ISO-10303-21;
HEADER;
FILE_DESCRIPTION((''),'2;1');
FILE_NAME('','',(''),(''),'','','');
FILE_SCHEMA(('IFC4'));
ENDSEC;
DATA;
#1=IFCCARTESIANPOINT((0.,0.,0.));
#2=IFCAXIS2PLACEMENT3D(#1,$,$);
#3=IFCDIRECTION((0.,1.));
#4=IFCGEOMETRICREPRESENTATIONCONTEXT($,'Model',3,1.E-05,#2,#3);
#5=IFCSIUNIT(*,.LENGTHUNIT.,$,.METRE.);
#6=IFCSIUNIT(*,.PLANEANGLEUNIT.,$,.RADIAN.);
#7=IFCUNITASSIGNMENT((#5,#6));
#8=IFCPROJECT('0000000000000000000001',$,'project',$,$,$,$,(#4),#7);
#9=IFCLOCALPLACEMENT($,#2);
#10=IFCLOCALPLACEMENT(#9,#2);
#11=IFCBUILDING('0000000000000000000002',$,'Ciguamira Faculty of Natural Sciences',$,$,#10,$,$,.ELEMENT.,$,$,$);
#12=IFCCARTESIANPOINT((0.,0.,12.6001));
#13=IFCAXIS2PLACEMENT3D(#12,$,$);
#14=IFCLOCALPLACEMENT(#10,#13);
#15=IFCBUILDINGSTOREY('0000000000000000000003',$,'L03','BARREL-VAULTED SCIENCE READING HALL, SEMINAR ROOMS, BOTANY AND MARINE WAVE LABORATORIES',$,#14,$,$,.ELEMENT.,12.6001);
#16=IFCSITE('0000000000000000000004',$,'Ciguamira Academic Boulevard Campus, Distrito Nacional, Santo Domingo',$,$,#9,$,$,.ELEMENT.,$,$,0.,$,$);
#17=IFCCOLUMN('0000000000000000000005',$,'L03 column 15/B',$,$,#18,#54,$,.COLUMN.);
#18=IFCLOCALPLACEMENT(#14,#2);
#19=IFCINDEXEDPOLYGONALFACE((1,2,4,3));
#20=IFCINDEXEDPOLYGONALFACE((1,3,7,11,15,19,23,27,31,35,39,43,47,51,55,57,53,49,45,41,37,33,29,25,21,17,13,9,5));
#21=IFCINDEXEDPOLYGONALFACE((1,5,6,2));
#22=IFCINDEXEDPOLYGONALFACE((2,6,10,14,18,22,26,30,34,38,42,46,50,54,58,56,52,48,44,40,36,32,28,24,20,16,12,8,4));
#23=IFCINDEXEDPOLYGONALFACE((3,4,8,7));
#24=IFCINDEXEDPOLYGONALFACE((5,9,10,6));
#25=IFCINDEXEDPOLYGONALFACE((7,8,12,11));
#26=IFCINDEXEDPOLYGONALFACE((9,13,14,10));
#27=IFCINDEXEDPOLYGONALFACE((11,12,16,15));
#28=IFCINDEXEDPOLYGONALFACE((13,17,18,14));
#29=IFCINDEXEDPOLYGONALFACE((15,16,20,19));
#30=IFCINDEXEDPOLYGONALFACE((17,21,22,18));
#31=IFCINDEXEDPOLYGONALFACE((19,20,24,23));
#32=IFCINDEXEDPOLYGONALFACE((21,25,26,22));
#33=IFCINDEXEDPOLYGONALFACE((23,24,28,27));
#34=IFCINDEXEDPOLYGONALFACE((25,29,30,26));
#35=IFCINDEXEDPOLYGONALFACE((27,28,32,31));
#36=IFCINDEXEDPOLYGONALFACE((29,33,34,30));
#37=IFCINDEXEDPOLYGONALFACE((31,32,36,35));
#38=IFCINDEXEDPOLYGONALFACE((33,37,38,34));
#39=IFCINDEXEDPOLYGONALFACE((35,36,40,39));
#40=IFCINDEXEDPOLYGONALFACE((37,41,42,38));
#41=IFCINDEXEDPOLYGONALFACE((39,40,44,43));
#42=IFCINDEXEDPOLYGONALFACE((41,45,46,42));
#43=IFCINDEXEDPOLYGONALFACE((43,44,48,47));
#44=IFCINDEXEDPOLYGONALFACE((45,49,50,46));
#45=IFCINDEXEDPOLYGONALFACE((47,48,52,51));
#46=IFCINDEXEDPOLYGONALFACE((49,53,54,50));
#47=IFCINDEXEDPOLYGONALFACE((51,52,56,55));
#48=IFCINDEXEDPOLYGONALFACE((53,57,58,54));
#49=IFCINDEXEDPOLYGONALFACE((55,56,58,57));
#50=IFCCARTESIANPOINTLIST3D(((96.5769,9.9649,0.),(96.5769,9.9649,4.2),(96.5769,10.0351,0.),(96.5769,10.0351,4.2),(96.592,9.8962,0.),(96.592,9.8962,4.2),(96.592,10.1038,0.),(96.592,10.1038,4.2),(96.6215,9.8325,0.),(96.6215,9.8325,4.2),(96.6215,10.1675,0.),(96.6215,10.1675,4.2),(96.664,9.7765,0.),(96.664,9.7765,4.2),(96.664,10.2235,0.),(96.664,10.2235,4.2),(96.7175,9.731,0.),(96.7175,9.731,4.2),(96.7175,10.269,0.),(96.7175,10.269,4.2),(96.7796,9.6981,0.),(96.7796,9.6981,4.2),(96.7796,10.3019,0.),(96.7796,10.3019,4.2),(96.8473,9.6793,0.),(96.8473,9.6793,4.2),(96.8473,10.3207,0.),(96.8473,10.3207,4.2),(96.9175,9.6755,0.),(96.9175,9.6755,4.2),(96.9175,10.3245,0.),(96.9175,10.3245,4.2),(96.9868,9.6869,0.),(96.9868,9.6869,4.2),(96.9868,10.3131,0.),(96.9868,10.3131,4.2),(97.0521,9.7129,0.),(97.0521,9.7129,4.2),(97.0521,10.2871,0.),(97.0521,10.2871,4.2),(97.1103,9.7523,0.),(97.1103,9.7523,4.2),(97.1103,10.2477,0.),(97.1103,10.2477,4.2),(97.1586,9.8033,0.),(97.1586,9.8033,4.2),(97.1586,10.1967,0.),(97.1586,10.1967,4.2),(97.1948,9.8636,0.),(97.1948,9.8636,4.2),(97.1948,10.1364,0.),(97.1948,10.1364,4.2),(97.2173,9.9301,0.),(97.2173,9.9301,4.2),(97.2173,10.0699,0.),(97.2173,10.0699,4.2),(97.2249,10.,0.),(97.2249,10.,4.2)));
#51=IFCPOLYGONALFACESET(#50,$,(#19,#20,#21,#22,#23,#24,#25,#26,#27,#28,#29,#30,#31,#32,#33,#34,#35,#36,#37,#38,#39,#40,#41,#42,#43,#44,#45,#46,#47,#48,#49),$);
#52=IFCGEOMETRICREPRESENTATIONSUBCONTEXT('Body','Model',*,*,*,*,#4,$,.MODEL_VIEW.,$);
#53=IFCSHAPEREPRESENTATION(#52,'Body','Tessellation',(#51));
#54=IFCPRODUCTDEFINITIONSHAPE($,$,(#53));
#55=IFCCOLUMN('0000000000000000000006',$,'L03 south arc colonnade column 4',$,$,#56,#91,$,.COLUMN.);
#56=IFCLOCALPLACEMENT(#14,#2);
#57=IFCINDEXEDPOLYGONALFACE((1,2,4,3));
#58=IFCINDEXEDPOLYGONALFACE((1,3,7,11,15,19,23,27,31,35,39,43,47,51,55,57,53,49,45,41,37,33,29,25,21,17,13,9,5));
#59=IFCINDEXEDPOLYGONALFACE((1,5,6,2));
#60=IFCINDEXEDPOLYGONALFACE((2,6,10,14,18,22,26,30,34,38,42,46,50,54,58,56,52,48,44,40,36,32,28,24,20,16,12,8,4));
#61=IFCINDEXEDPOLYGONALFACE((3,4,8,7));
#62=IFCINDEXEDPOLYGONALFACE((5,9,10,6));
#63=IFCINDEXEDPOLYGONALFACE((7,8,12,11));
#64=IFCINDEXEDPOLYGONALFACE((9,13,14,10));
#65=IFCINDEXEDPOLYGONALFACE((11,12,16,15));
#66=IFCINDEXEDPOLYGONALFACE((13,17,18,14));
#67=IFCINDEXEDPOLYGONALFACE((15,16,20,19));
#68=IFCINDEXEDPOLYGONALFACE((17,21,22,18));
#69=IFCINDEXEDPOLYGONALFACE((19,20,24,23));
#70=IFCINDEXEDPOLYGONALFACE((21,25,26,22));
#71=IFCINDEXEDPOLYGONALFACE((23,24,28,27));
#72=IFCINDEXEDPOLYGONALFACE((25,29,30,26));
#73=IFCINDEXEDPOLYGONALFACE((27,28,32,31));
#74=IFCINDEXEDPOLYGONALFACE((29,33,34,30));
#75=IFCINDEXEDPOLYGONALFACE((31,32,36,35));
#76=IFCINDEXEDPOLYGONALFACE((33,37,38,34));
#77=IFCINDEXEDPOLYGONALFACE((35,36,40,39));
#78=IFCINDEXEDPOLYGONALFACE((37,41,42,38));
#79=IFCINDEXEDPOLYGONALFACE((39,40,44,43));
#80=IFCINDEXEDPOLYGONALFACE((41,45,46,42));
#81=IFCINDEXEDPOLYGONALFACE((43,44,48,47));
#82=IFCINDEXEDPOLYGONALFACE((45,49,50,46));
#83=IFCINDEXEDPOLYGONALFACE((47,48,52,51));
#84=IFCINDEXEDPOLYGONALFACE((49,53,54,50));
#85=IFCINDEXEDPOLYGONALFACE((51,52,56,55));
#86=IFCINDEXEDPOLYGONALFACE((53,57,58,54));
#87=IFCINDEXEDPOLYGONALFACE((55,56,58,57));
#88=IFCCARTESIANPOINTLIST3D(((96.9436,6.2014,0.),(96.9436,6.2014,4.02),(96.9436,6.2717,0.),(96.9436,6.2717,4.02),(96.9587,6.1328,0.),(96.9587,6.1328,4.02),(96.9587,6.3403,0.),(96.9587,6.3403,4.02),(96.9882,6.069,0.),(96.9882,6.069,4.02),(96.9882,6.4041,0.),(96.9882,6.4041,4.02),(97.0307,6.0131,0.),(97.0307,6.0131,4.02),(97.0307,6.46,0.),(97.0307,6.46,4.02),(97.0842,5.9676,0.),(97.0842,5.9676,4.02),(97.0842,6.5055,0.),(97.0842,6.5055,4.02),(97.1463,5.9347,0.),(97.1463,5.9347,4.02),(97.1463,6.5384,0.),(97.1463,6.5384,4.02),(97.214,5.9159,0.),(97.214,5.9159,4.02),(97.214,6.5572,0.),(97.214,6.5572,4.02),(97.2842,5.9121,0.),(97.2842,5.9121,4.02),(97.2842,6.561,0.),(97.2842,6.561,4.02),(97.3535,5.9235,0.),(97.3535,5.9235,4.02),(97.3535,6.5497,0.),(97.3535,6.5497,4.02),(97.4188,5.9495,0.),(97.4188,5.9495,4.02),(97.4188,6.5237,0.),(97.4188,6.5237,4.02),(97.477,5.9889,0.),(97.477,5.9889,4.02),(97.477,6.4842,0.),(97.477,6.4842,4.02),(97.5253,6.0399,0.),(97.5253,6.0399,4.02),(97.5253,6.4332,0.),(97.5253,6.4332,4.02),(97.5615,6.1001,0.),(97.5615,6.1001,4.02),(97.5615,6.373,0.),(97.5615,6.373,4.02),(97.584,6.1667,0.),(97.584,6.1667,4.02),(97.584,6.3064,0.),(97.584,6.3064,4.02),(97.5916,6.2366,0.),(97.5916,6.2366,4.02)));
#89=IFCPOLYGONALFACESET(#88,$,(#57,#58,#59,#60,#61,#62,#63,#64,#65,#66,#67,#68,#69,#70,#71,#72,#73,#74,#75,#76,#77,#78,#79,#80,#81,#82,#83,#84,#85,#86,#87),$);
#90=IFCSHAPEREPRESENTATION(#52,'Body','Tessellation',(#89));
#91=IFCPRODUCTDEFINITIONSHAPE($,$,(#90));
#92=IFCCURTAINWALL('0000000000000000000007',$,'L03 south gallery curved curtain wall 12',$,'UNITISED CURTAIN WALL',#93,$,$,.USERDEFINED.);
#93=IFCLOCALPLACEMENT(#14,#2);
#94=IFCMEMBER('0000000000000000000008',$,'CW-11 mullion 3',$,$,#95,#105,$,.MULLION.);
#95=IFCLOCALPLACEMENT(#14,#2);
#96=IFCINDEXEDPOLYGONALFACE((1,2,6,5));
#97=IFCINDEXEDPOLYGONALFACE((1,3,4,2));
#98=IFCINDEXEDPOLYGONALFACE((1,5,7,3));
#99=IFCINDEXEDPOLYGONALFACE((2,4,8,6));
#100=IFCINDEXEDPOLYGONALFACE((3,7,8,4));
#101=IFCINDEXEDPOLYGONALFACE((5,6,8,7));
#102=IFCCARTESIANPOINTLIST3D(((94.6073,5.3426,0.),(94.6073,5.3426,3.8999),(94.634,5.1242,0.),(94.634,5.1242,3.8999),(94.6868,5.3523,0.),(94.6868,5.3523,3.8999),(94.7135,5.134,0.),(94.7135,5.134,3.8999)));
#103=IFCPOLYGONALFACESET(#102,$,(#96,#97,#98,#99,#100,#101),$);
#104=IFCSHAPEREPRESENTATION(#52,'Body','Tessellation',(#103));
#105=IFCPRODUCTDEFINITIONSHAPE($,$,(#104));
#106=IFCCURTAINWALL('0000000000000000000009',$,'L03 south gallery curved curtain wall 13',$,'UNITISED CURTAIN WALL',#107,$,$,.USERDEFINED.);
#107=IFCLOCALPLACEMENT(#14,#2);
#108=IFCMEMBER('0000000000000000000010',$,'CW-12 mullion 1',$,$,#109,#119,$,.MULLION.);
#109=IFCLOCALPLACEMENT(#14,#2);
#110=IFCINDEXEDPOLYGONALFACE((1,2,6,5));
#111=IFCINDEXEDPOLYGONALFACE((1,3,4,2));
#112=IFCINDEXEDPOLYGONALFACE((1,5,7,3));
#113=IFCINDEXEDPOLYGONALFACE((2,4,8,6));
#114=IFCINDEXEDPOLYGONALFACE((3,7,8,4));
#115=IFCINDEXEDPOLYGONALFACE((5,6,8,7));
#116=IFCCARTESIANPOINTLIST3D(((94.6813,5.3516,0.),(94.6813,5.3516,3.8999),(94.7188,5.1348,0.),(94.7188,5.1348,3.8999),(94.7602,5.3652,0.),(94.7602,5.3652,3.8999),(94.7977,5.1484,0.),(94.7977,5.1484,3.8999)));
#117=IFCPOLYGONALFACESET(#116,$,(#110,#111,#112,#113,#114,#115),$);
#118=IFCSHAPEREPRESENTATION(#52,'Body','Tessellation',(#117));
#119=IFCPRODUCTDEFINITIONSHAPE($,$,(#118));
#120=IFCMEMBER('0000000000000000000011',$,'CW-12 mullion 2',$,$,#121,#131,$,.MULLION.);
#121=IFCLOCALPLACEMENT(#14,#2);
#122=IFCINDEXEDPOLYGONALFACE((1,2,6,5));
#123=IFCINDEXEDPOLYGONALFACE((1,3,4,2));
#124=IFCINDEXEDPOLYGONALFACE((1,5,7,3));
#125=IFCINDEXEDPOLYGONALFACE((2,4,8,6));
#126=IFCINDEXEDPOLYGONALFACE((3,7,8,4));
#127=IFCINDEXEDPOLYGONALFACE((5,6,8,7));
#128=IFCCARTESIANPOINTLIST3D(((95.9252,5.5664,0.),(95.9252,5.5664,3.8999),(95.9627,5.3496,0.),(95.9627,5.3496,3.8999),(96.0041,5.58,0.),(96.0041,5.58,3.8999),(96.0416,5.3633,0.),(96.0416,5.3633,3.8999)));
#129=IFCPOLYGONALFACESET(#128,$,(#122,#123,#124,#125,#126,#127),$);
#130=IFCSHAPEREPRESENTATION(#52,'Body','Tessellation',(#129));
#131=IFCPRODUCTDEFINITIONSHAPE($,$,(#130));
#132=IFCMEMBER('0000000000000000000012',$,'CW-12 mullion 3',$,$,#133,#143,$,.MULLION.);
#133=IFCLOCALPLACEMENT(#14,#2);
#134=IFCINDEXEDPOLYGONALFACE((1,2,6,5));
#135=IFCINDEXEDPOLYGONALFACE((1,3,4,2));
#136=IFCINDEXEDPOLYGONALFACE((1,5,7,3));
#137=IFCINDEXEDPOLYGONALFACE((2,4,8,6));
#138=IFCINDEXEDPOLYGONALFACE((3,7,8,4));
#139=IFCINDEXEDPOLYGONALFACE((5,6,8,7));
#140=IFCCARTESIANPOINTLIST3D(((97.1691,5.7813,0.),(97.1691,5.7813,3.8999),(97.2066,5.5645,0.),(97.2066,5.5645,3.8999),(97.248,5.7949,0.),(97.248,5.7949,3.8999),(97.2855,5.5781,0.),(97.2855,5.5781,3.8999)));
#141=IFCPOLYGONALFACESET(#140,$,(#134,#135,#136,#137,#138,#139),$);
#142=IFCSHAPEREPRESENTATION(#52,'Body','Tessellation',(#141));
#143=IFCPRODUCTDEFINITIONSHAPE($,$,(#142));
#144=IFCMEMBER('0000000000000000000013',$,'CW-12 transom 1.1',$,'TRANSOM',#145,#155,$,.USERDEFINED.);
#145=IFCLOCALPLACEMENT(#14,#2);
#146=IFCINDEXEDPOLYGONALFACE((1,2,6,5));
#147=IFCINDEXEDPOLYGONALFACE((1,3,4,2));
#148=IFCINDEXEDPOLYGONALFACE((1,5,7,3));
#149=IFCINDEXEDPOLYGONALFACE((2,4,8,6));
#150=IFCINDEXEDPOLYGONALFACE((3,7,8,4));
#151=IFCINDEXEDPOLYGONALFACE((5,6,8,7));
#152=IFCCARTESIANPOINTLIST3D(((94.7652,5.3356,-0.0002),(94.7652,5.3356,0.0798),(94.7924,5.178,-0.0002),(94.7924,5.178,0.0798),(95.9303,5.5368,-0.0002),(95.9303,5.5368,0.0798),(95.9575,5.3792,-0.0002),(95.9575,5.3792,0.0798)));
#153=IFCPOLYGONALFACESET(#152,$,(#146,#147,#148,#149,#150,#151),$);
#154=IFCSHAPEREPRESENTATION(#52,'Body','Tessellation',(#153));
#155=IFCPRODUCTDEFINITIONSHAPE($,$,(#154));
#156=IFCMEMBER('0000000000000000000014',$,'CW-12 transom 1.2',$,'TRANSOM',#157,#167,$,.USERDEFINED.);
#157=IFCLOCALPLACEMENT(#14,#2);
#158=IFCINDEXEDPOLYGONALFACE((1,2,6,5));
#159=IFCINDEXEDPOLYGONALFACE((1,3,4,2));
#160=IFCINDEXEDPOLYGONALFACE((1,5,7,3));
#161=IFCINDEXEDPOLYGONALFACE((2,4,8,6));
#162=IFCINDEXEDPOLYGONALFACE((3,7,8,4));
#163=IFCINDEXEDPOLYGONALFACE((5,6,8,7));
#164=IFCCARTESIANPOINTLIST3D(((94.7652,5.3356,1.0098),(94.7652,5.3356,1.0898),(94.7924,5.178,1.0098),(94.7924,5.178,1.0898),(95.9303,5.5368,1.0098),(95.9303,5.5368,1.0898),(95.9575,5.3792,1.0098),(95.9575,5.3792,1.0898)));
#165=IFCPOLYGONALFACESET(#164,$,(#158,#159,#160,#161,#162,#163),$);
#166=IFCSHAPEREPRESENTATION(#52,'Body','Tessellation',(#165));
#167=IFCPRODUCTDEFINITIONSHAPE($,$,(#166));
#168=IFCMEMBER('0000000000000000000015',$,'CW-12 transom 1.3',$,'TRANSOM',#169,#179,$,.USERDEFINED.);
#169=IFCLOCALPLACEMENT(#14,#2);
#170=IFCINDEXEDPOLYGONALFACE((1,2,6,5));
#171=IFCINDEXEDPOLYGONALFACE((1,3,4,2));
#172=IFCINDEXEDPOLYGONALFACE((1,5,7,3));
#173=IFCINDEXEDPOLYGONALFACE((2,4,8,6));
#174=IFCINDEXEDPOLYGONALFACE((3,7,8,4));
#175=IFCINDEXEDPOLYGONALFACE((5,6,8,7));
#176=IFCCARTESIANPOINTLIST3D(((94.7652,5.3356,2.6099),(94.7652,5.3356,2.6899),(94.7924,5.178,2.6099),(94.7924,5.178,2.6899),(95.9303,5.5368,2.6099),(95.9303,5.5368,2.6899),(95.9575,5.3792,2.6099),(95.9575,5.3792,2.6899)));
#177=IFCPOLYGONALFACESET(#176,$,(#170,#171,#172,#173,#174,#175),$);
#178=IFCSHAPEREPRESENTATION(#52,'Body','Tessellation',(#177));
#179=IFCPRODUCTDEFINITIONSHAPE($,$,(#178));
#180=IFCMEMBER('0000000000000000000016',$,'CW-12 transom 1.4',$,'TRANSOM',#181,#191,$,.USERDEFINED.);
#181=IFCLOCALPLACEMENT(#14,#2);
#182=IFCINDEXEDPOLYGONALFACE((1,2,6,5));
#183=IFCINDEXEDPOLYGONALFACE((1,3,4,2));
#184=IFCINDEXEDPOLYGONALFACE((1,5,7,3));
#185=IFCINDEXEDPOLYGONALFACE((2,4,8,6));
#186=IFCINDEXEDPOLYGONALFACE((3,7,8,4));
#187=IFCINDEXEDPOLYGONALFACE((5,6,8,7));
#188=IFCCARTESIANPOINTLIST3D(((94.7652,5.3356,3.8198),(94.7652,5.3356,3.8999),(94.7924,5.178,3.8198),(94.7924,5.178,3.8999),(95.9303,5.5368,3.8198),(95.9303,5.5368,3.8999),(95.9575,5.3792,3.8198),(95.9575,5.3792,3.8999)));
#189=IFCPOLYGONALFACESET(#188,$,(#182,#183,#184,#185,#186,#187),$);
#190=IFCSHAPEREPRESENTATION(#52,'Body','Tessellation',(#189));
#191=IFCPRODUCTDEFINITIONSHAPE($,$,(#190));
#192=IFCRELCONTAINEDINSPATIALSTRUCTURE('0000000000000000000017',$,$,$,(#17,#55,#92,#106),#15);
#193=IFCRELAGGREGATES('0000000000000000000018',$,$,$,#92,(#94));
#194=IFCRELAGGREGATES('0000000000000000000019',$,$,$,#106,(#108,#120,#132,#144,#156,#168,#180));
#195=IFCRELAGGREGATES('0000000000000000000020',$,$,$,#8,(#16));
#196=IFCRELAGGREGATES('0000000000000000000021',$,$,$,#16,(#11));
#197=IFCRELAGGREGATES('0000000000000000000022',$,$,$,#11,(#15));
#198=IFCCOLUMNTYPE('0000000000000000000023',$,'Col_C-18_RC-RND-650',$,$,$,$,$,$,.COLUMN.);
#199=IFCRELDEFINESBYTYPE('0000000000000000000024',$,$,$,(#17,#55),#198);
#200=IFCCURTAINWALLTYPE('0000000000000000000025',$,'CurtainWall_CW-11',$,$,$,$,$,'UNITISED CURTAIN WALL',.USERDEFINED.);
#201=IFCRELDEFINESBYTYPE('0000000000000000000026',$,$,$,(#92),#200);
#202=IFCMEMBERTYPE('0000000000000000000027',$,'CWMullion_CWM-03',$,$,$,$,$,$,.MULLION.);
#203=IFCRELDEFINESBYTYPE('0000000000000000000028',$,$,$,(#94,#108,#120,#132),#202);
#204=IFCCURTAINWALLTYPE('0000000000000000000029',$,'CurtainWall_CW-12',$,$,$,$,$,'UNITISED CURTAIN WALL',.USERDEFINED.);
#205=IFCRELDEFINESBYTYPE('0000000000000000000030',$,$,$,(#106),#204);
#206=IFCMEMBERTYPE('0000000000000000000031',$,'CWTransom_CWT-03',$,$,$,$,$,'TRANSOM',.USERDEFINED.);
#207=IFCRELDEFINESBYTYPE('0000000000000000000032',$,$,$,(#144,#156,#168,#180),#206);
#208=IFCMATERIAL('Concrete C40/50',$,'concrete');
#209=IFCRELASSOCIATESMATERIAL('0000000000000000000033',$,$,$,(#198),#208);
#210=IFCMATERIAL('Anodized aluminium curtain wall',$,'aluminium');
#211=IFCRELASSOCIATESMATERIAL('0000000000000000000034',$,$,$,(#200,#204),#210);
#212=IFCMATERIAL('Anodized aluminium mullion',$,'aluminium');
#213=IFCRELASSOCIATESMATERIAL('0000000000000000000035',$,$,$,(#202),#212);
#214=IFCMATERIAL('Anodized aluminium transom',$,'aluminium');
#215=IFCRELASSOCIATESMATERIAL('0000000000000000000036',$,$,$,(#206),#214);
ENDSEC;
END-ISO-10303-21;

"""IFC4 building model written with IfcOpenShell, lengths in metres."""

from ifc_helpers import new_model, si_unit, direction, frame, origin, origin_2d, place, context, subcontext, project, spatial, rectangle, circle, extrude, material, material_profile, profile_set, type_object, element, aggregate, save


model = new_model("IFC4")

# Units and contexts
model_context = context("Model", 3, precision=1e-05, world=origin(), true_north=direction((0.0, 1.0)))
body_context = subcontext(model_context, "Body", "Model", "MODEL_VIEW")
ifc_project = project(units=[si_unit("LENGTHUNIT", "METRE"), si_unit("PLANEANGLEUNIT", "RADIAN")], contexts=[model_context])

# Site, building, storey
site_placement = place(None, origin())
site = spatial("IfcSite", under=ifc_project, at=site_placement, Name="Ciguamira Academic Boulevard Campus, Distrito Nacional, Santo Domingo", CompositionType="ELEMENT", RefElevation=0.0)
building_placement = place(site_placement, origin())
building = spatial("IfcBuilding", under=site, at=building_placement, Name="Ciguamira Faculty of Natural Sciences", CompositionType="ELEMENT")
storey_placement = place(building_placement, frame((0.0, 0.0, 12.6001)))
storey = spatial("IfcBuildingStorey", under=building, at=storey_placement, Name="L03", Description="BARREL-VAULTED SCIENCE READING HALL, SEMINAR ROOMS, BOTANY AND MARINE WAVE LABORATORIES", CompositionType="ELEMENT", Elevation=12.6001)

# Columns
ifc_material_1 = material(Name="Concrete C40/50", Category="concrete")
ifc_material_profile_1 = material_profile(ifc_material_1, circle(Radius=0.325, at=origin_2d()), Name="RC-RND-650")
ifc_profile_set_1 = profile_set([ifc_material_profile_1], Name="Concrete C40/50")
column_type = type_object("IfcColumnType", Name="Col_C-18_RC-RND-650", PredefinedType="COLUMN", material=ifc_profile_set_1)
column_1_placement = place(storey_placement, frame((96.8999, 10.0, 0.0), z_axis=(0.0, 0.0, 1.0), x_axis=(1.0, 0.0, 0.0)))
element("IfcColumn", 1, at=column_1_placement, inside=storey, type_object=column_type, Name="L03 column 15/B", PredefinedType="COLUMN", context=body_context, shape_type="SweptSolid", body=[
    extrude(circle(Radius=0.325, at=origin_2d()), origin(), (0.0, 0.0, 1.0), 4.2),
])
column_2_placement = place(storey_placement, frame((97.2666, 6.2366, 0.0), z_axis=(0.0, 0.0, 1.0), x_axis=(1.0, 0.0, 0.0)))
element("IfcColumn", 2, at=column_2_placement, inside=storey, type_object=column_type, Name="L03 south arc colonnade column 4", PredefinedType="COLUMN", context=body_context, shape_type="SweptSolid", body=[
    extrude(circle(Radius=0.325, at=origin_2d()), origin(), (0.0, 0.0, 1.0), 4.02),
])

# Curtain wall, member
ifc_material_2 = material(Name="Anodized aluminium curtain wall", Category="aluminium")
curtain_wall_type_1 = type_object("IfcCurtainWallType", Name="CurtainWall_CW-11", ElementType="UNITISED CURTAIN WALL", PredefinedType="USERDEFINED", material=ifc_material_2)
curtain_wall_1_placement = place(storey_placement, origin())
curtain_wall_1 = element("IfcCurtainWall", 3, at=curtain_wall_1_placement, inside=storey, type_object=curtain_wall_type_1, Name="L03 south gallery curved curtain wall 12", ObjectType="UNITISED CURTAIN WALL", PredefinedType="USERDEFINED")
ifc_material_3 = material(Name="Anodized aluminium mullion", Category="aluminium")
ifc_material_profile_2 = material_profile(ifc_material_3, rectangle(XDim=0.0801, YDim=0.22, at=origin_2d()), Name="ALU-MUL-80X220")
ifc_profile_set_2 = profile_set([ifc_material_profile_2], Name="Anodized aluminium mullion")
member_type_1 = type_object("IfcMemberType", Name="CWMullion_CWM-03", PredefinedType="MULLION", material=ifc_profile_set_2)
member_1_placement = place(storey_placement, frame((94.6604, 5.2383, 0.0), z_axis=(0.0, 0.0, 1.0), x_axis=(0.992586, 0.121545, 0.0)))
member_1 = element("IfcMember", 4, at=member_1_placement, type_object=member_type_1, Name="CW-11 mullion 3", PredefinedType="MULLION", context=body_context, shape_type="SweptSolid", body=[
    extrude(rectangle(XDim=0.0801, YDim=0.22, at=origin_2d()), origin(), (0.0, 0.0, 1.0), 3.8999),
])

# Curtain wall, members
curtain_wall_type_2 = type_object("IfcCurtainWallType", Name="CurtainWall_CW-12", ElementType="UNITISED CURTAIN WALL", PredefinedType="USERDEFINED", material=ifc_material_2)
curtain_wall_2_placement = place(storey_placement, origin())
curtain_wall_2 = element("IfcCurtainWall", 5, at=curtain_wall_2_placement, inside=storey, type_object=curtain_wall_type_2, Name="L03 south gallery curved curtain wall 13", ObjectType="UNITISED CURTAIN WALL", PredefinedType="USERDEFINED")
member_2_placement = place(storey_placement, frame((94.7395, 5.25, 0.0), z_axis=(0.0, 0.0, 1.0), x_axis=(0.985411, 0.170192, 0.0)))
member_2 = element("IfcMember", 6, at=member_2_placement, type_object=member_type_1, Name="CW-12 mullion 1", PredefinedType="MULLION", context=body_context, shape_type="SweptSolid", body=[
    extrude(rectangle(XDim=0.0801, YDim=0.22, at=origin_2d()), origin(), (0.0, 0.0, 1.0), 3.8999),
])
member_3_placement = place(storey_placement, frame((95.9834, 5.4648, 0.0), z_axis=(0.0, 0.0, 1.0), x_axis=(0.985411, 0.170192, 0.0)))
member_3 = element("IfcMember", 7, at=member_3_placement, type_object=member_type_1, Name="CW-12 mullion 2", PredefinedType="MULLION", context=body_context, shape_type="SweptSolid", body=[
    extrude(rectangle(XDim=0.0801, YDim=0.22, at=origin_2d()), origin(), (0.0, 0.0, 1.0), 3.8999),
])
member_4_placement = place(storey_placement, frame((97.2273, 5.6797, 0.0), z_axis=(0.0, 0.0, 1.0), x_axis=(0.985411, 0.170192, 0.0)))
member_4 = element("IfcMember", 8, at=member_4_placement, type_object=member_type_1, Name="CW-12 mullion 3", PredefinedType="MULLION", context=body_context, shape_type="SweptSolid", body=[
    extrude(rectangle(XDim=0.0801, YDim=0.22, at=origin_2d()), origin(), (0.0, 0.0, 1.0), 3.8999),
])
ifc_material_4 = material(Name="Anodized aluminium transom", Category="aluminium")
ifc_material_profile_3 = material_profile(ifc_material_4, rectangle(XDim=0.0801, YDim=0.1599, at=origin_2d()), Name="ALU-TRN-80X160")
ifc_profile_set_3 = profile_set([ifc_material_profile_3], Name="Anodized aluminium transom")
member_type_2 = type_object("IfcMemberType", Name="CWTransom_CWT-03", ElementType="TRANSOM", PredefinedType="USERDEFINED", material=ifc_profile_set_3)
member_5_placement = place(storey_placement, frame((94.7788, 5.2568, 0.0398), z_axis=(0.985417, 0.170156, 0.0), x_axis=(0.0, 0.0, 1.0)))
member_5 = element("IfcMember", 9, at=member_5_placement, type_object=member_type_2, Name="CW-12 transom 1.1", ObjectType="TRANSOM", PredefinedType="USERDEFINED", context=body_context, shape_type="SweptSolid", body=[
    extrude(rectangle(XDim=0.0801, YDim=0.1599, at=origin_2d()), origin(), (0.0, 0.0, 1.0), 1.1824),
])
member_6_placement = place(storey_placement, frame((94.7788, 5.2568, 1.0498), z_axis=(0.985417, 0.170156, 0.0), x_axis=(0.0, 0.0, 1.0)))
member_6 = element("IfcMember", 10, at=member_6_placement, type_object=member_type_2, Name="CW-12 transom 1.2", ObjectType="TRANSOM", PredefinedType="USERDEFINED", context=body_context, shape_type="SweptSolid", body=[
    extrude(rectangle(XDim=0.0801, YDim=0.1599, at=origin_2d()), origin(), (0.0, 0.0, 1.0), 1.1824),
])
member_7_placement = place(storey_placement, frame((94.7788, 5.2568, 2.6499), z_axis=(0.985417, 0.170156, 0.0), x_axis=(0.0, 0.0, 1.0)))
member_7 = element("IfcMember", 11, at=member_7_placement, type_object=member_type_2, Name="CW-12 transom 1.3", ObjectType="TRANSOM", PredefinedType="USERDEFINED", context=body_context, shape_type="SweptSolid", body=[
    extrude(rectangle(XDim=0.0801, YDim=0.1599, at=origin_2d()), origin(), (0.0, 0.0, 1.0), 1.1824),
])
member_8_placement = place(storey_placement, frame((94.7788, 5.2568, 3.8599), z_axis=(0.985417, 0.170156, 0.0), x_axis=(0.0, 0.0, 1.0)))
member_8 = element("IfcMember", 12, at=member_8_placement, type_object=member_type_2, Name="CW-12 transom 1.4", ObjectType="TRANSOM", PredefinedType="USERDEFINED", context=body_context, shape_type="SweptSolid", body=[
    extrude(rectangle(XDim=0.0801, YDim=0.1599, at=origin_2d()), origin(), (0.0, 0.0, 1.0), 1.1824),
])

aggregate(curtain_wall_1, [member_1])
aggregate(curtain_wall_2, [member_2, member_3, member_4, member_5, member_6, member_7, member_8])

save(model, "model.ifc")
